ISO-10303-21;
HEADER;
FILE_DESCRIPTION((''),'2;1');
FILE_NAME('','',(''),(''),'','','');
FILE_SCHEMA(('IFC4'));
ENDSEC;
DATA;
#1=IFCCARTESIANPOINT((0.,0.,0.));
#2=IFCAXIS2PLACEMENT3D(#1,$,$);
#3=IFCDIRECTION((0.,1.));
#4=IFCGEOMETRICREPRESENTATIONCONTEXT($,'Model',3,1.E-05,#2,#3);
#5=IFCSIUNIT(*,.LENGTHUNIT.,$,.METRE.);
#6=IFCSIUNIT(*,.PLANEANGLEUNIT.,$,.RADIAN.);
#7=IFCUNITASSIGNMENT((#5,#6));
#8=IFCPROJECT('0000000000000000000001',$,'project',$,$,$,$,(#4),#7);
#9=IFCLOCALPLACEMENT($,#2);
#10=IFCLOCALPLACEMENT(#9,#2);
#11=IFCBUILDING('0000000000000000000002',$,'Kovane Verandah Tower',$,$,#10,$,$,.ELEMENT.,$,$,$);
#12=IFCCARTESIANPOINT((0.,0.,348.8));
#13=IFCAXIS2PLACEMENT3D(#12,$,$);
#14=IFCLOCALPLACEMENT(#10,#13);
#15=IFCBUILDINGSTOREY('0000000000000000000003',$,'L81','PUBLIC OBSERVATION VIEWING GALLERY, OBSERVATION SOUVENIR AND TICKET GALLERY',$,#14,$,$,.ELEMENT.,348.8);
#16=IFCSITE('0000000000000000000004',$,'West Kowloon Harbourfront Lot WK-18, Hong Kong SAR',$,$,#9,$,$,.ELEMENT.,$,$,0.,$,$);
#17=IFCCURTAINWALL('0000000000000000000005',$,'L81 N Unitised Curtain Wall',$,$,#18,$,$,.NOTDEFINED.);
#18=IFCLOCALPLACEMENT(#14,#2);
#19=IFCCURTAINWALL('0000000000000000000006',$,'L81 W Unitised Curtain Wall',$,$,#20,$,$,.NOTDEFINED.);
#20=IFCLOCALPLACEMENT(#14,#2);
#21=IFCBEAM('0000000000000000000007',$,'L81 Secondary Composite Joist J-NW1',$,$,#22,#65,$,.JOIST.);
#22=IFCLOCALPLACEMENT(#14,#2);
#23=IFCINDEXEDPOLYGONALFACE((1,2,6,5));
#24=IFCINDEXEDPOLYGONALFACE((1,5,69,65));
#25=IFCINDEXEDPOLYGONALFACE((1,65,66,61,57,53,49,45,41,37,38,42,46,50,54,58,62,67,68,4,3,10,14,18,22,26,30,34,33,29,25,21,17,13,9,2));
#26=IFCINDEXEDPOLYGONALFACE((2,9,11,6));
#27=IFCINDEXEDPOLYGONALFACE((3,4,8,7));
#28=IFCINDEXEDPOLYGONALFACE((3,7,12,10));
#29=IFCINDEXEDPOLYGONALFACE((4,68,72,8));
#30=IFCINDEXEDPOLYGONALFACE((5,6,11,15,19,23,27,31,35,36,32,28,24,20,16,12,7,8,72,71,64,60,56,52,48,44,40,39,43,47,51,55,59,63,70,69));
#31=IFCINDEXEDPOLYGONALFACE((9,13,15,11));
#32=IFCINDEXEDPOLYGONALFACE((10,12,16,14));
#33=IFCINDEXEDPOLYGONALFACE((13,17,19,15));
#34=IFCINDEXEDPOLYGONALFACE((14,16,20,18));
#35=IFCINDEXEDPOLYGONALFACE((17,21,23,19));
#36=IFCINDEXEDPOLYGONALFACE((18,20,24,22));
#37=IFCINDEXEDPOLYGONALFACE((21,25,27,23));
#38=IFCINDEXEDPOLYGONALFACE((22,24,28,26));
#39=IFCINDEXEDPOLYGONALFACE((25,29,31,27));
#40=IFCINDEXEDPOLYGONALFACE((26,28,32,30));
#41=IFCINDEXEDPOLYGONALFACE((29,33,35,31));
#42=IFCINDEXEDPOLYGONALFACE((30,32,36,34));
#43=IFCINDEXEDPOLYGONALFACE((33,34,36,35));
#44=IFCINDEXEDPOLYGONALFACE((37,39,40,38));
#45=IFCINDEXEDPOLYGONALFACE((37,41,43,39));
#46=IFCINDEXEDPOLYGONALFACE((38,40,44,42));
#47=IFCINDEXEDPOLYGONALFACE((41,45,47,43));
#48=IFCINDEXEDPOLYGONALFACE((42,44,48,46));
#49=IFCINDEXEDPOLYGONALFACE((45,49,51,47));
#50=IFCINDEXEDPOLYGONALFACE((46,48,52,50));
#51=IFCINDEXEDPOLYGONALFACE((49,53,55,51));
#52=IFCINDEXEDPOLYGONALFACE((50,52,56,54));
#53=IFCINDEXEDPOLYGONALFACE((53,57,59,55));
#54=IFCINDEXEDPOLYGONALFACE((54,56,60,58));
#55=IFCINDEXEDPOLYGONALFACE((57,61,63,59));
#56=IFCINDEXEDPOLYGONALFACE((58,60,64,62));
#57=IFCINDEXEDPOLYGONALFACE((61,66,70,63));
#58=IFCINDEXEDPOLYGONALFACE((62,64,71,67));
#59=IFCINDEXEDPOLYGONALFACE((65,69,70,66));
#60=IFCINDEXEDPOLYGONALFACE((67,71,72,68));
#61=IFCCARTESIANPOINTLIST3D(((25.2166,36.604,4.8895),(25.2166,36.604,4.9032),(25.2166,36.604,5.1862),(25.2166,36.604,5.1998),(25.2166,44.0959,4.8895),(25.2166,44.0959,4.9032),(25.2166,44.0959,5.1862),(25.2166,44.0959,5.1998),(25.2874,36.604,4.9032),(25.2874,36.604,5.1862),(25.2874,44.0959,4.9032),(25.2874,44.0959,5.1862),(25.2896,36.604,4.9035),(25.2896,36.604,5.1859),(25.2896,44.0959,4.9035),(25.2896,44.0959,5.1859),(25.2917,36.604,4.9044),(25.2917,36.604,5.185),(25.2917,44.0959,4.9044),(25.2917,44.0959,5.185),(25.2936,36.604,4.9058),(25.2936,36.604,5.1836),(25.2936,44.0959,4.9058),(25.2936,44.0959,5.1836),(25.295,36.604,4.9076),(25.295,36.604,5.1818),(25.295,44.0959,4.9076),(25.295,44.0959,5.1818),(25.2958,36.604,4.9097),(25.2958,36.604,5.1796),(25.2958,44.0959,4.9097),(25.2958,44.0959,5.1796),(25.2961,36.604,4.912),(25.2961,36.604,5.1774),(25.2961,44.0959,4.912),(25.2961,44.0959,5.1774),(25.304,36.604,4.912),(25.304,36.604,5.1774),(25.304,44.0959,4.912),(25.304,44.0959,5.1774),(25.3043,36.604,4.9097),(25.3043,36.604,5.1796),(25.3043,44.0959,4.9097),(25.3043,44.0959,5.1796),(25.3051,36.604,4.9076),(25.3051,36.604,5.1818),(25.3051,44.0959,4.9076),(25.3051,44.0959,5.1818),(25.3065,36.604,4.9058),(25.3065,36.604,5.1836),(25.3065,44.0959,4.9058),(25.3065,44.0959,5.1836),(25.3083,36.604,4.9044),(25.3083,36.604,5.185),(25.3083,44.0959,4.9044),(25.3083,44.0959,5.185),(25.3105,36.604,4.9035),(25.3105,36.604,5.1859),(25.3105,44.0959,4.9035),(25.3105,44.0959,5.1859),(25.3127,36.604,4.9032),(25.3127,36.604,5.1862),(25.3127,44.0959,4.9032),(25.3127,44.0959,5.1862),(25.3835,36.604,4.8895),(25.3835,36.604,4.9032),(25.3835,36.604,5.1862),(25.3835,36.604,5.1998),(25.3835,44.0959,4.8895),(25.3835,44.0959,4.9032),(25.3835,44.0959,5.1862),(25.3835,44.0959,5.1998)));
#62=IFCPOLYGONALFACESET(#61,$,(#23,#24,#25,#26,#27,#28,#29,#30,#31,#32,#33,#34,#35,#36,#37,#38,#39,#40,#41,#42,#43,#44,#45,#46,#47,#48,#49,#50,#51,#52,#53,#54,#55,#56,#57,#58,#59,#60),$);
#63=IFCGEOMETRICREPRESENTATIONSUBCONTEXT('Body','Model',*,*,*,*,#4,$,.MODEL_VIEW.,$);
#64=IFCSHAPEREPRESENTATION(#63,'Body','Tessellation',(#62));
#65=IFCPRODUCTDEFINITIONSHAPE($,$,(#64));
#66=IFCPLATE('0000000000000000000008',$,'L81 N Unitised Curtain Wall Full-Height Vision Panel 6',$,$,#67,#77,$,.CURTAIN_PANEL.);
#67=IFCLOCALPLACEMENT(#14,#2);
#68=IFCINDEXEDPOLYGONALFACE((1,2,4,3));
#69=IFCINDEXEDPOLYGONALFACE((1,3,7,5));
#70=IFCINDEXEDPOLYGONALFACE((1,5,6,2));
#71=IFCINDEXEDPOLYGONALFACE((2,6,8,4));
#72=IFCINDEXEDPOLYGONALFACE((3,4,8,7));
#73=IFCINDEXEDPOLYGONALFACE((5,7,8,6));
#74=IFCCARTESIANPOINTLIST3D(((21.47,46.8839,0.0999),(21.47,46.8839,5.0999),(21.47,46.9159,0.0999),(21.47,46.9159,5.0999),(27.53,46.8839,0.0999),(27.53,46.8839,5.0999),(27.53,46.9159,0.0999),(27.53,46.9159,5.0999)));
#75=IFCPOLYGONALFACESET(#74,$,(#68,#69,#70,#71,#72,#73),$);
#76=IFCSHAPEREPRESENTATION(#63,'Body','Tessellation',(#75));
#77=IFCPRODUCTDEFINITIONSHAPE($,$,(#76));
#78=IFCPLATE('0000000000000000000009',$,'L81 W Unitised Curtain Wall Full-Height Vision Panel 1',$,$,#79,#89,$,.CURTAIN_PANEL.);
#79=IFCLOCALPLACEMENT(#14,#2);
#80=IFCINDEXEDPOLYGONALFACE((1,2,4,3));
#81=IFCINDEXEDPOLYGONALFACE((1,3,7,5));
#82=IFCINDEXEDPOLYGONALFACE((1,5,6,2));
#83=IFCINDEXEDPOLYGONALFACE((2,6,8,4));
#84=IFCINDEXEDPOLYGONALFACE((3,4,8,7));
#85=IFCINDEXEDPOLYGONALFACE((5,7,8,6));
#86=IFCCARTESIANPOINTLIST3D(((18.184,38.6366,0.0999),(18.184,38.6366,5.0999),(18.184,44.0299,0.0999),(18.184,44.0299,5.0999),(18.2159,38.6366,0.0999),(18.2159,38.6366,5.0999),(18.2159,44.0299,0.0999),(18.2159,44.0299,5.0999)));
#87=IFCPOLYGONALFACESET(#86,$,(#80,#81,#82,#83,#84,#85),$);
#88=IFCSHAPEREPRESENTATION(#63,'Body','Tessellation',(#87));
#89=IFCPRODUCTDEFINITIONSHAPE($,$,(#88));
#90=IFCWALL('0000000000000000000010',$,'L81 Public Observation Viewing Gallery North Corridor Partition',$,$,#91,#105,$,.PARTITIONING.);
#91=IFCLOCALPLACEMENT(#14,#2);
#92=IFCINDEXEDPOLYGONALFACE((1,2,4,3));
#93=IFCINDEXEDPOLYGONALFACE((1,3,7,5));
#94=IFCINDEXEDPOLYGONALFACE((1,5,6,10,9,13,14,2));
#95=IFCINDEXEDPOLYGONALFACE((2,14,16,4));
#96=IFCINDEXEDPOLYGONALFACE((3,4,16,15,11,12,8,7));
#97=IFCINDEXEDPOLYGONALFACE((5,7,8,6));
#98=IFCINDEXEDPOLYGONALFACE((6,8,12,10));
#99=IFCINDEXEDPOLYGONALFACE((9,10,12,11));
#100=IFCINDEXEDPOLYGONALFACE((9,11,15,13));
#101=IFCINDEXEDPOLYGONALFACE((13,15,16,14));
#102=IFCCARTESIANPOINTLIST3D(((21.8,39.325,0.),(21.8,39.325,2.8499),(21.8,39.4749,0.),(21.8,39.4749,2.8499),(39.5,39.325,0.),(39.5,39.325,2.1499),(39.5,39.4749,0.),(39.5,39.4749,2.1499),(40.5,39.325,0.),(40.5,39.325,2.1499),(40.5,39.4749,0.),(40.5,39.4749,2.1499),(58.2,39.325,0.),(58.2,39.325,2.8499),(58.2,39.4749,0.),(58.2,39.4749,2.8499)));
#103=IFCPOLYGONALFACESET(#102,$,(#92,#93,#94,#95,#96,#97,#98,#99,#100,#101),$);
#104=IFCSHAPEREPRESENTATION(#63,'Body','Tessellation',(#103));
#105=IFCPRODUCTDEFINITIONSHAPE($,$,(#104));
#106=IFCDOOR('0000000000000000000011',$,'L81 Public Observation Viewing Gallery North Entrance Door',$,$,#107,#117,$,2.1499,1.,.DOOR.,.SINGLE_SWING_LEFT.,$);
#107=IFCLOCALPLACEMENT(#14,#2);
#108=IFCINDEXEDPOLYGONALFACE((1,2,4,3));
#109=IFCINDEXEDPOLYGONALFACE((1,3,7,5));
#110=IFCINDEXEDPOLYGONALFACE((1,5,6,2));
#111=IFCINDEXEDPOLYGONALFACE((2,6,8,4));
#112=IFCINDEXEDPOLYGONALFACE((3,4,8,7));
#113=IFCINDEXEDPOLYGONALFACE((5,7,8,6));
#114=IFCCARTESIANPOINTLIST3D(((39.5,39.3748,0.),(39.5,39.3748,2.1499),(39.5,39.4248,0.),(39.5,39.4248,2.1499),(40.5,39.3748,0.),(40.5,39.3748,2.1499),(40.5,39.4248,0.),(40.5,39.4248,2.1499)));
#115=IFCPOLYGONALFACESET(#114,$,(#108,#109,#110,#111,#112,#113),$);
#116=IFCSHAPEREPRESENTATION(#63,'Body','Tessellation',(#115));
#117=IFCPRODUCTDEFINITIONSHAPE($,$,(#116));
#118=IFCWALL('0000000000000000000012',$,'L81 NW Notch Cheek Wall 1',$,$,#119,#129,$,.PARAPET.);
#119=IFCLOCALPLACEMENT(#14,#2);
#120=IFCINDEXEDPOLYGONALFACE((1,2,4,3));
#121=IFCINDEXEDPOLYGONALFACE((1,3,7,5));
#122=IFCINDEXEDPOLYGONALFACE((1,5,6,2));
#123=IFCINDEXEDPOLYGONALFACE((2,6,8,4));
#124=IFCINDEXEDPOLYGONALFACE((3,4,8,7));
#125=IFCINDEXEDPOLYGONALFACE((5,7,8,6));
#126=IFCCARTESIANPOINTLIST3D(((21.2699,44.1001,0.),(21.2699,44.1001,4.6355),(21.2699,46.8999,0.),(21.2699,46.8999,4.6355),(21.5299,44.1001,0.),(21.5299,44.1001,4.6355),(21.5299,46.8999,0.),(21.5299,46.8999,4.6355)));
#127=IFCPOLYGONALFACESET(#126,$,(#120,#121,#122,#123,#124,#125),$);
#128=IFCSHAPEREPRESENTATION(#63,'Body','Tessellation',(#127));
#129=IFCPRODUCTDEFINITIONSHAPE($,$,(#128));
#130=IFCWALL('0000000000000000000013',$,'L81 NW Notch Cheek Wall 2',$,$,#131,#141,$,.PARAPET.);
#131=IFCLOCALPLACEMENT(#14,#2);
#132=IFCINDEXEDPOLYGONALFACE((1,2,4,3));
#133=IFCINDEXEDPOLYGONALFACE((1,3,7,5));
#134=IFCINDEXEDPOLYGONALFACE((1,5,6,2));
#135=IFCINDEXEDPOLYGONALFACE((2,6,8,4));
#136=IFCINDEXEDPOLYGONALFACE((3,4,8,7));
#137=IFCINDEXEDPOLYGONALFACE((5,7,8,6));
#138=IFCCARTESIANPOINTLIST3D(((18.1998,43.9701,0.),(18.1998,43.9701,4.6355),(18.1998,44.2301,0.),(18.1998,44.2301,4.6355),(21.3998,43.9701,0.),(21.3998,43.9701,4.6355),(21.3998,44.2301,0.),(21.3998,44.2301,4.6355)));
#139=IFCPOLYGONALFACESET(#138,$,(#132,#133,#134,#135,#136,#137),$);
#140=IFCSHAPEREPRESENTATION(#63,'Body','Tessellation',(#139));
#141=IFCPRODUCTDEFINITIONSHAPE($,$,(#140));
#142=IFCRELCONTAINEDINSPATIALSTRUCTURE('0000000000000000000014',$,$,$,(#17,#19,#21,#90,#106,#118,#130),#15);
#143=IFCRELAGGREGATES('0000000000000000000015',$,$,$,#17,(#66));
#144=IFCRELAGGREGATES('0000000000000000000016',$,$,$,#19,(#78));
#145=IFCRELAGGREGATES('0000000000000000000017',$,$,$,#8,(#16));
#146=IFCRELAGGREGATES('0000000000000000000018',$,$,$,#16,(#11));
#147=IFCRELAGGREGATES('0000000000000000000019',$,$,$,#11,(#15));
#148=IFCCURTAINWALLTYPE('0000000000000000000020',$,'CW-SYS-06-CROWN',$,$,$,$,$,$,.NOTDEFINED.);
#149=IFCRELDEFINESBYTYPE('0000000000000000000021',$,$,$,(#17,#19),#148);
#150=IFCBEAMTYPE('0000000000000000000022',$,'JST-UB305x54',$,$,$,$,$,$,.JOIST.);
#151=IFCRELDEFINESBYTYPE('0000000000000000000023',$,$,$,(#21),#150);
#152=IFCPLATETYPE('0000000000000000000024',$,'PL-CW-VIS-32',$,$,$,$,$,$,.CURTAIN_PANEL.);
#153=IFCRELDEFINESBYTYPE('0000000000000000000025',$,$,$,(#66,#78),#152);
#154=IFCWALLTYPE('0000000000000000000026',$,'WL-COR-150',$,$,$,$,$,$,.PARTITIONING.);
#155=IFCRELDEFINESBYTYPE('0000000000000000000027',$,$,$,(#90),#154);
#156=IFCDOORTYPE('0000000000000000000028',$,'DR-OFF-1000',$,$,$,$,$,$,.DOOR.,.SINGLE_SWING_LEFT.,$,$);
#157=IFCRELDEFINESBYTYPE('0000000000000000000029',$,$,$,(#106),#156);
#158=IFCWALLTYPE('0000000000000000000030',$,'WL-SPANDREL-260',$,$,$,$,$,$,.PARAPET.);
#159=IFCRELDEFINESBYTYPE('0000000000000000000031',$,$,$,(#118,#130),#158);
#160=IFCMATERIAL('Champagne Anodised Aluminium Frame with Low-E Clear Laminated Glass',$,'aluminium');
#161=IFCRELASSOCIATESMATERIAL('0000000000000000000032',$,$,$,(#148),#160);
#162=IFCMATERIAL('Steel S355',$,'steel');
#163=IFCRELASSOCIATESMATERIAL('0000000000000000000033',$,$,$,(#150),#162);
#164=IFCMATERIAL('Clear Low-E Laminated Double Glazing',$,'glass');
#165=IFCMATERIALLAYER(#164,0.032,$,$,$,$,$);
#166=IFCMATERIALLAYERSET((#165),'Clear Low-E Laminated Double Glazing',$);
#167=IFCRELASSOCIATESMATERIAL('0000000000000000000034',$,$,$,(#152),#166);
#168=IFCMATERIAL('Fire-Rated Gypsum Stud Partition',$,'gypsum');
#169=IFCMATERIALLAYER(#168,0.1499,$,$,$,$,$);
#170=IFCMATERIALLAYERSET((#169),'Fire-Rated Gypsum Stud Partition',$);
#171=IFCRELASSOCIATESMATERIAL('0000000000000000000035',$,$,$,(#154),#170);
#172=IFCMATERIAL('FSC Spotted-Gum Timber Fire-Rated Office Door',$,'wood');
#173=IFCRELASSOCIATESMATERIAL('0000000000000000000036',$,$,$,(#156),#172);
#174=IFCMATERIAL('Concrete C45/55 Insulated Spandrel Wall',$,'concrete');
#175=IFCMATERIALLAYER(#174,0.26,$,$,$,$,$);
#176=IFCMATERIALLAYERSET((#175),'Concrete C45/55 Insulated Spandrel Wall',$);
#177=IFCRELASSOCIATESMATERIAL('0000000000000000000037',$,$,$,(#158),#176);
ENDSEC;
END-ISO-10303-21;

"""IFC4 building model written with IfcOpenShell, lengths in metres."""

from ifc_helpers import new_model, si_unit, direction, frame, frame_2d, origin, origin_2d, place, context, subcontext, project, spatial, rectangle, i_section, extrude, material, layer, layer_set, material_profile, profile_set, type_object, element, fill, aggregate, save


model = new_model("IFC4")

# Units and contexts
model_context = context("Model", 3, precision=1e-05, world=origin(), true_north=direction((0.0, 1.0)))
body_context = subcontext(model_context, "Body", "Model", "MODEL_VIEW")
ifc_project = project(units=[si_unit("LENGTHUNIT", "METRE"), si_unit("PLANEANGLEUNIT", "RADIAN")], contexts=[model_context])

# Site, building, storey
site_placement = place(None, origin())
site = spatial("IfcSite", under=ifc_project, at=site_placement, Name="West Kowloon Harbourfront Lot WK-18, Hong Kong SAR", CompositionType="ELEMENT", RefElevation=0.0)
building_placement = place(site_placement, origin())
building = spatial("IfcBuilding", under=site, at=building_placement, Name="Kovane Verandah Tower", CompositionType="ELEMENT")
storey_placement = place(building_placement, frame((0.0, 0.0, 348.8)))
storey = spatial("IfcBuildingStorey", under=building, at=storey_placement, Name="L81", Description="PUBLIC OBSERVATION VIEWING GALLERY, OBSERVATION SOUVENIR AND TICKET GALLERY", CompositionType="ELEMENT", Elevation=348.8)

# Shared definitions
ifc_material_1 = material(Name="Steel S355", Category="steel")

# Curtain wall
ifc_material_2 = material(Name="Champagne Anodised Aluminium Frame with Low-E Clear Laminated Glass", Category="aluminium")
curtain_wall_type = type_object("IfcCurtainWallType", Name="CW-SYS-06-CROWN", PredefinedType="NOTDEFINED", material=ifc_material_2)
curtain_wall_1_placement = place(storey_placement, origin())
curtain_wall_1 = element("IfcCurtainWall", 1, at=curtain_wall_1_placement, inside=storey, type_object=curtain_wall_type, Name="L81 N Unitised Curtain Wall", PredefinedType="NOTDEFINED")

# Curtain wall
curtain_wall_2_placement = place(storey_placement, origin())
curtain_wall_2 = element("IfcCurtainWall", 2, at=curtain_wall_2_placement, inside=storey, type_object=curtain_wall_type, Name="L81 W Unitised Curtain Wall", PredefinedType="NOTDEFINED")

# Beam
ifc_material_profile_1 = material_profile(ifc_material_1, i_section(OverallWidth=0.167, OverallDepth=0.3103, WebThickness=0.0078, FlangeThickness=0.0137, FilletRadius=0.0088, at=origin_2d()), Name="UB305x165x54")
ifc_profile_set_1 = profile_set([ifc_material_profile_1], Name="Steel S355")
beam_type_1 = type_object("IfcBeamType", Name="JST-UB305x54", PredefinedType="JOIST", material=ifc_profile_set_1)
beam_1_placement = place(storey_placement, frame((25.3, 36.604, 5.0447), z_axis=(0.0, 1.0, 0.0), x_axis=(-1.0, 0.0, 0.0)))
element("IfcBeam", 3, at=beam_1_placement, inside=storey, type_object=beam_type_1, Name="L81 Secondary Composite Joist J-NW1", PredefinedType="JOIST", context=body_context, shape_type="SweptSolid", body=[
    extrude(i_section(OverallWidth=0.167, OverallDepth=0.3103, WebThickness=0.0078, FlangeThickness=0.0137, FilletRadius=0.0088, at=origin_2d()), origin(), (0.0, 0.0, 1.0), 7.4919),
])

# Plates
ifc_material_3 = material(Name="Clear Low-E Laminated Double Glazing", Category="glass")
ifc_layer_1 = layer(ifc_material_3, 0.032)
ifc_layer_set_1 = layer_set([ifc_layer_1], Name="Clear Low-E Laminated Double Glazing")
plate_type = type_object("IfcPlateType", Name="PL-CW-VIS-32", PredefinedType="CURTAIN_PANEL", material=ifc_layer_set_1)
plate_1_placement = place(storey_placement, frame((24.5, 46.8999, 0.0999), z_axis=(0.0, 0.0, 1.0), x_axis=(-1.0, 0.0, 0.0)))
plate_1 = element("IfcPlate", 4, at=plate_1_placement, type_object=plate_type, Name="L81 N Unitised Curtain Wall Full-Height Vision Panel 6", PredefinedType="CURTAIN_PANEL", context=body_context, shape_type="SweptSolid", body=[
    extrude(rectangle(XDim=6.0601, YDim=0.032, at=origin_2d()), origin(), (0.0, 0.0, 1.0), 5.0),
])
aggregate(curtain_wall_1, [plate_1])
plate_2_placement = place(storey_placement, frame((18.2, 41.3333, 0.0999), z_axis=(0.0, 0.0, 1.0), x_axis=(0.0, -1.0, 0.0)))
plate_2 = element("IfcPlate", 5, at=plate_2_placement, type_object=plate_type, Name="L81 W Unitised Curtain Wall Full-Height Vision Panel 1", PredefinedType="CURTAIN_PANEL", context=body_context, shape_type="SweptSolid", body=[
    extrude(rectangle(XDim=5.3933, YDim=0.032, at=origin_2d()), origin(), (0.0, 0.0, 1.0), 5.0),
])
aggregate(curtain_wall_2, [plate_2])

# Wall, opening, door
ifc_material_4 = material(Name="Fire-Rated Gypsum Stud Partition", Category="gypsum")
ifc_layer_2 = layer(ifc_material_4, 0.1499)
ifc_layer_set_2 = layer_set([ifc_layer_2], Name="Fire-Rated Gypsum Stud Partition")
wall_type_1 = type_object("IfcWallType", Name="WL-COR-150", PredefinedType="PARTITIONING", material=ifc_layer_set_2)
wall_1_placement = place(storey_placement, frame((21.8, 39.3999, 0.0), z_axis=(0.0, 0.0, 1.0), x_axis=(1.0, 0.0, 0.0)))
wall_1 = element("IfcWall", 6, at=wall_1_placement, inside=storey, type_object=wall_type_1, Name="L81 Public Observation Viewing Gallery North Corridor Partition", PredefinedType="PARTITIONING", context=body_context, shape_type="SweptSolid", body=[
    extrude(rectangle(XDim=36.3999, YDim=0.1499, at=frame_2d((18.2, 0.0))), origin(), (0.0, 0.0, 1.0), 2.8499),
])
opening_placement = place(wall_1_placement, frame((17.7, 0.0, 0.0)))
opening = element("IfcOpeningElement", 7, at=opening_placement, cuts=wall_1, PredefinedType="OPENING", context=body_context, shape_type="SweptSolid", body=[
    extrude(rectangle(XDim=1.0, YDim=2.1499, at=frame_2d((0.5, 1.075))), frame((0.0, 0.075, 0.0), z_axis=(0.0, -1.0, 0.0), x_axis=(1.0, 0.0, 0.0)), (0.0, 0.0, 1.0), 0.1499),
])
ifc_material_5 = material(Name="FSC Spotted-Gum Timber Fire-Rated Office Door", Category="wood")
door_type = type_object("IfcDoorType", Name="DR-OFF-1000", OperationType="SINGLE_SWING_LEFT", PredefinedType="DOOR", material=ifc_material_5)
door_placement = place(opening_placement, origin())
door = element("IfcDoor", 8, at=door_placement, inside=storey, type_object=door_type, Name="L81 Public Observation Viewing Gallery North Entrance Door", OperationType="SINGLE_SWING_LEFT", OverallHeight=2.1499, OverallWidth=1.0, PredefinedType="DOOR", context=body_context, shape_type="SweptSolid", body=[
    extrude(rectangle(XDim=1.0, YDim=2.1499, at=frame_2d((0.5, 1.075))), frame((0.0, 0.0249, 0.0), z_axis=(0.0, -1.0, 0.0), x_axis=(1.0, 0.0, 0.0)), (0.0, 0.0, 1.0), 0.05),
])
fill(opening, door)

# Walls
ifc_material_6 = material(Name="Concrete C45/55 Insulated Spandrel Wall", Category="concrete")
ifc_layer_3 = layer(ifc_material_6, 0.26)
ifc_layer_set_3 = layer_set([ifc_layer_3], Name="Concrete C45/55 Insulated Spandrel Wall")
wall_type_2 = type_object("IfcWallType", Name="WL-SPANDREL-260", PredefinedType="PARAPET", material=ifc_layer_set_3)
wall_2_placement = place(storey_placement, frame((21.3999, 46.8999, 0.0), z_axis=(0.0, 0.0, 1.0), x_axis=(0.0, -1.0, 0.0)))
element("IfcWall", 9, at=wall_2_placement, inside=storey, type_object=wall_type_2, Name="L81 NW Notch Cheek Wall 1", PredefinedType="PARAPET", context=body_context, shape_type="SweptSolid", body=[
    extrude(rectangle(XDim=2.7998, YDim=0.26, at=frame_2d((1.3999, 0.0))), origin(), (0.0, 0.0, 1.0), 4.6355),
])
wall_3_placement = place(storey_placement, frame((21.3999, 44.1001, 0.0), z_axis=(0.0, 0.0, 1.0), x_axis=(-1.0, 0.0, 0.0)))
element("IfcWall", 10, at=wall_3_placement, inside=storey, type_object=wall_type_2, Name="L81 NW Notch Cheek Wall 2", PredefinedType="PARAPET", context=body_context, shape_type="SweptSolid", body=[
    extrude(rectangle(XDim=3.2, YDim=0.26, at=frame_2d((1.6001, 0.0))), origin(), (0.0, 0.0, 1.0), 4.6355),
])

save(model, "model.ifc")
